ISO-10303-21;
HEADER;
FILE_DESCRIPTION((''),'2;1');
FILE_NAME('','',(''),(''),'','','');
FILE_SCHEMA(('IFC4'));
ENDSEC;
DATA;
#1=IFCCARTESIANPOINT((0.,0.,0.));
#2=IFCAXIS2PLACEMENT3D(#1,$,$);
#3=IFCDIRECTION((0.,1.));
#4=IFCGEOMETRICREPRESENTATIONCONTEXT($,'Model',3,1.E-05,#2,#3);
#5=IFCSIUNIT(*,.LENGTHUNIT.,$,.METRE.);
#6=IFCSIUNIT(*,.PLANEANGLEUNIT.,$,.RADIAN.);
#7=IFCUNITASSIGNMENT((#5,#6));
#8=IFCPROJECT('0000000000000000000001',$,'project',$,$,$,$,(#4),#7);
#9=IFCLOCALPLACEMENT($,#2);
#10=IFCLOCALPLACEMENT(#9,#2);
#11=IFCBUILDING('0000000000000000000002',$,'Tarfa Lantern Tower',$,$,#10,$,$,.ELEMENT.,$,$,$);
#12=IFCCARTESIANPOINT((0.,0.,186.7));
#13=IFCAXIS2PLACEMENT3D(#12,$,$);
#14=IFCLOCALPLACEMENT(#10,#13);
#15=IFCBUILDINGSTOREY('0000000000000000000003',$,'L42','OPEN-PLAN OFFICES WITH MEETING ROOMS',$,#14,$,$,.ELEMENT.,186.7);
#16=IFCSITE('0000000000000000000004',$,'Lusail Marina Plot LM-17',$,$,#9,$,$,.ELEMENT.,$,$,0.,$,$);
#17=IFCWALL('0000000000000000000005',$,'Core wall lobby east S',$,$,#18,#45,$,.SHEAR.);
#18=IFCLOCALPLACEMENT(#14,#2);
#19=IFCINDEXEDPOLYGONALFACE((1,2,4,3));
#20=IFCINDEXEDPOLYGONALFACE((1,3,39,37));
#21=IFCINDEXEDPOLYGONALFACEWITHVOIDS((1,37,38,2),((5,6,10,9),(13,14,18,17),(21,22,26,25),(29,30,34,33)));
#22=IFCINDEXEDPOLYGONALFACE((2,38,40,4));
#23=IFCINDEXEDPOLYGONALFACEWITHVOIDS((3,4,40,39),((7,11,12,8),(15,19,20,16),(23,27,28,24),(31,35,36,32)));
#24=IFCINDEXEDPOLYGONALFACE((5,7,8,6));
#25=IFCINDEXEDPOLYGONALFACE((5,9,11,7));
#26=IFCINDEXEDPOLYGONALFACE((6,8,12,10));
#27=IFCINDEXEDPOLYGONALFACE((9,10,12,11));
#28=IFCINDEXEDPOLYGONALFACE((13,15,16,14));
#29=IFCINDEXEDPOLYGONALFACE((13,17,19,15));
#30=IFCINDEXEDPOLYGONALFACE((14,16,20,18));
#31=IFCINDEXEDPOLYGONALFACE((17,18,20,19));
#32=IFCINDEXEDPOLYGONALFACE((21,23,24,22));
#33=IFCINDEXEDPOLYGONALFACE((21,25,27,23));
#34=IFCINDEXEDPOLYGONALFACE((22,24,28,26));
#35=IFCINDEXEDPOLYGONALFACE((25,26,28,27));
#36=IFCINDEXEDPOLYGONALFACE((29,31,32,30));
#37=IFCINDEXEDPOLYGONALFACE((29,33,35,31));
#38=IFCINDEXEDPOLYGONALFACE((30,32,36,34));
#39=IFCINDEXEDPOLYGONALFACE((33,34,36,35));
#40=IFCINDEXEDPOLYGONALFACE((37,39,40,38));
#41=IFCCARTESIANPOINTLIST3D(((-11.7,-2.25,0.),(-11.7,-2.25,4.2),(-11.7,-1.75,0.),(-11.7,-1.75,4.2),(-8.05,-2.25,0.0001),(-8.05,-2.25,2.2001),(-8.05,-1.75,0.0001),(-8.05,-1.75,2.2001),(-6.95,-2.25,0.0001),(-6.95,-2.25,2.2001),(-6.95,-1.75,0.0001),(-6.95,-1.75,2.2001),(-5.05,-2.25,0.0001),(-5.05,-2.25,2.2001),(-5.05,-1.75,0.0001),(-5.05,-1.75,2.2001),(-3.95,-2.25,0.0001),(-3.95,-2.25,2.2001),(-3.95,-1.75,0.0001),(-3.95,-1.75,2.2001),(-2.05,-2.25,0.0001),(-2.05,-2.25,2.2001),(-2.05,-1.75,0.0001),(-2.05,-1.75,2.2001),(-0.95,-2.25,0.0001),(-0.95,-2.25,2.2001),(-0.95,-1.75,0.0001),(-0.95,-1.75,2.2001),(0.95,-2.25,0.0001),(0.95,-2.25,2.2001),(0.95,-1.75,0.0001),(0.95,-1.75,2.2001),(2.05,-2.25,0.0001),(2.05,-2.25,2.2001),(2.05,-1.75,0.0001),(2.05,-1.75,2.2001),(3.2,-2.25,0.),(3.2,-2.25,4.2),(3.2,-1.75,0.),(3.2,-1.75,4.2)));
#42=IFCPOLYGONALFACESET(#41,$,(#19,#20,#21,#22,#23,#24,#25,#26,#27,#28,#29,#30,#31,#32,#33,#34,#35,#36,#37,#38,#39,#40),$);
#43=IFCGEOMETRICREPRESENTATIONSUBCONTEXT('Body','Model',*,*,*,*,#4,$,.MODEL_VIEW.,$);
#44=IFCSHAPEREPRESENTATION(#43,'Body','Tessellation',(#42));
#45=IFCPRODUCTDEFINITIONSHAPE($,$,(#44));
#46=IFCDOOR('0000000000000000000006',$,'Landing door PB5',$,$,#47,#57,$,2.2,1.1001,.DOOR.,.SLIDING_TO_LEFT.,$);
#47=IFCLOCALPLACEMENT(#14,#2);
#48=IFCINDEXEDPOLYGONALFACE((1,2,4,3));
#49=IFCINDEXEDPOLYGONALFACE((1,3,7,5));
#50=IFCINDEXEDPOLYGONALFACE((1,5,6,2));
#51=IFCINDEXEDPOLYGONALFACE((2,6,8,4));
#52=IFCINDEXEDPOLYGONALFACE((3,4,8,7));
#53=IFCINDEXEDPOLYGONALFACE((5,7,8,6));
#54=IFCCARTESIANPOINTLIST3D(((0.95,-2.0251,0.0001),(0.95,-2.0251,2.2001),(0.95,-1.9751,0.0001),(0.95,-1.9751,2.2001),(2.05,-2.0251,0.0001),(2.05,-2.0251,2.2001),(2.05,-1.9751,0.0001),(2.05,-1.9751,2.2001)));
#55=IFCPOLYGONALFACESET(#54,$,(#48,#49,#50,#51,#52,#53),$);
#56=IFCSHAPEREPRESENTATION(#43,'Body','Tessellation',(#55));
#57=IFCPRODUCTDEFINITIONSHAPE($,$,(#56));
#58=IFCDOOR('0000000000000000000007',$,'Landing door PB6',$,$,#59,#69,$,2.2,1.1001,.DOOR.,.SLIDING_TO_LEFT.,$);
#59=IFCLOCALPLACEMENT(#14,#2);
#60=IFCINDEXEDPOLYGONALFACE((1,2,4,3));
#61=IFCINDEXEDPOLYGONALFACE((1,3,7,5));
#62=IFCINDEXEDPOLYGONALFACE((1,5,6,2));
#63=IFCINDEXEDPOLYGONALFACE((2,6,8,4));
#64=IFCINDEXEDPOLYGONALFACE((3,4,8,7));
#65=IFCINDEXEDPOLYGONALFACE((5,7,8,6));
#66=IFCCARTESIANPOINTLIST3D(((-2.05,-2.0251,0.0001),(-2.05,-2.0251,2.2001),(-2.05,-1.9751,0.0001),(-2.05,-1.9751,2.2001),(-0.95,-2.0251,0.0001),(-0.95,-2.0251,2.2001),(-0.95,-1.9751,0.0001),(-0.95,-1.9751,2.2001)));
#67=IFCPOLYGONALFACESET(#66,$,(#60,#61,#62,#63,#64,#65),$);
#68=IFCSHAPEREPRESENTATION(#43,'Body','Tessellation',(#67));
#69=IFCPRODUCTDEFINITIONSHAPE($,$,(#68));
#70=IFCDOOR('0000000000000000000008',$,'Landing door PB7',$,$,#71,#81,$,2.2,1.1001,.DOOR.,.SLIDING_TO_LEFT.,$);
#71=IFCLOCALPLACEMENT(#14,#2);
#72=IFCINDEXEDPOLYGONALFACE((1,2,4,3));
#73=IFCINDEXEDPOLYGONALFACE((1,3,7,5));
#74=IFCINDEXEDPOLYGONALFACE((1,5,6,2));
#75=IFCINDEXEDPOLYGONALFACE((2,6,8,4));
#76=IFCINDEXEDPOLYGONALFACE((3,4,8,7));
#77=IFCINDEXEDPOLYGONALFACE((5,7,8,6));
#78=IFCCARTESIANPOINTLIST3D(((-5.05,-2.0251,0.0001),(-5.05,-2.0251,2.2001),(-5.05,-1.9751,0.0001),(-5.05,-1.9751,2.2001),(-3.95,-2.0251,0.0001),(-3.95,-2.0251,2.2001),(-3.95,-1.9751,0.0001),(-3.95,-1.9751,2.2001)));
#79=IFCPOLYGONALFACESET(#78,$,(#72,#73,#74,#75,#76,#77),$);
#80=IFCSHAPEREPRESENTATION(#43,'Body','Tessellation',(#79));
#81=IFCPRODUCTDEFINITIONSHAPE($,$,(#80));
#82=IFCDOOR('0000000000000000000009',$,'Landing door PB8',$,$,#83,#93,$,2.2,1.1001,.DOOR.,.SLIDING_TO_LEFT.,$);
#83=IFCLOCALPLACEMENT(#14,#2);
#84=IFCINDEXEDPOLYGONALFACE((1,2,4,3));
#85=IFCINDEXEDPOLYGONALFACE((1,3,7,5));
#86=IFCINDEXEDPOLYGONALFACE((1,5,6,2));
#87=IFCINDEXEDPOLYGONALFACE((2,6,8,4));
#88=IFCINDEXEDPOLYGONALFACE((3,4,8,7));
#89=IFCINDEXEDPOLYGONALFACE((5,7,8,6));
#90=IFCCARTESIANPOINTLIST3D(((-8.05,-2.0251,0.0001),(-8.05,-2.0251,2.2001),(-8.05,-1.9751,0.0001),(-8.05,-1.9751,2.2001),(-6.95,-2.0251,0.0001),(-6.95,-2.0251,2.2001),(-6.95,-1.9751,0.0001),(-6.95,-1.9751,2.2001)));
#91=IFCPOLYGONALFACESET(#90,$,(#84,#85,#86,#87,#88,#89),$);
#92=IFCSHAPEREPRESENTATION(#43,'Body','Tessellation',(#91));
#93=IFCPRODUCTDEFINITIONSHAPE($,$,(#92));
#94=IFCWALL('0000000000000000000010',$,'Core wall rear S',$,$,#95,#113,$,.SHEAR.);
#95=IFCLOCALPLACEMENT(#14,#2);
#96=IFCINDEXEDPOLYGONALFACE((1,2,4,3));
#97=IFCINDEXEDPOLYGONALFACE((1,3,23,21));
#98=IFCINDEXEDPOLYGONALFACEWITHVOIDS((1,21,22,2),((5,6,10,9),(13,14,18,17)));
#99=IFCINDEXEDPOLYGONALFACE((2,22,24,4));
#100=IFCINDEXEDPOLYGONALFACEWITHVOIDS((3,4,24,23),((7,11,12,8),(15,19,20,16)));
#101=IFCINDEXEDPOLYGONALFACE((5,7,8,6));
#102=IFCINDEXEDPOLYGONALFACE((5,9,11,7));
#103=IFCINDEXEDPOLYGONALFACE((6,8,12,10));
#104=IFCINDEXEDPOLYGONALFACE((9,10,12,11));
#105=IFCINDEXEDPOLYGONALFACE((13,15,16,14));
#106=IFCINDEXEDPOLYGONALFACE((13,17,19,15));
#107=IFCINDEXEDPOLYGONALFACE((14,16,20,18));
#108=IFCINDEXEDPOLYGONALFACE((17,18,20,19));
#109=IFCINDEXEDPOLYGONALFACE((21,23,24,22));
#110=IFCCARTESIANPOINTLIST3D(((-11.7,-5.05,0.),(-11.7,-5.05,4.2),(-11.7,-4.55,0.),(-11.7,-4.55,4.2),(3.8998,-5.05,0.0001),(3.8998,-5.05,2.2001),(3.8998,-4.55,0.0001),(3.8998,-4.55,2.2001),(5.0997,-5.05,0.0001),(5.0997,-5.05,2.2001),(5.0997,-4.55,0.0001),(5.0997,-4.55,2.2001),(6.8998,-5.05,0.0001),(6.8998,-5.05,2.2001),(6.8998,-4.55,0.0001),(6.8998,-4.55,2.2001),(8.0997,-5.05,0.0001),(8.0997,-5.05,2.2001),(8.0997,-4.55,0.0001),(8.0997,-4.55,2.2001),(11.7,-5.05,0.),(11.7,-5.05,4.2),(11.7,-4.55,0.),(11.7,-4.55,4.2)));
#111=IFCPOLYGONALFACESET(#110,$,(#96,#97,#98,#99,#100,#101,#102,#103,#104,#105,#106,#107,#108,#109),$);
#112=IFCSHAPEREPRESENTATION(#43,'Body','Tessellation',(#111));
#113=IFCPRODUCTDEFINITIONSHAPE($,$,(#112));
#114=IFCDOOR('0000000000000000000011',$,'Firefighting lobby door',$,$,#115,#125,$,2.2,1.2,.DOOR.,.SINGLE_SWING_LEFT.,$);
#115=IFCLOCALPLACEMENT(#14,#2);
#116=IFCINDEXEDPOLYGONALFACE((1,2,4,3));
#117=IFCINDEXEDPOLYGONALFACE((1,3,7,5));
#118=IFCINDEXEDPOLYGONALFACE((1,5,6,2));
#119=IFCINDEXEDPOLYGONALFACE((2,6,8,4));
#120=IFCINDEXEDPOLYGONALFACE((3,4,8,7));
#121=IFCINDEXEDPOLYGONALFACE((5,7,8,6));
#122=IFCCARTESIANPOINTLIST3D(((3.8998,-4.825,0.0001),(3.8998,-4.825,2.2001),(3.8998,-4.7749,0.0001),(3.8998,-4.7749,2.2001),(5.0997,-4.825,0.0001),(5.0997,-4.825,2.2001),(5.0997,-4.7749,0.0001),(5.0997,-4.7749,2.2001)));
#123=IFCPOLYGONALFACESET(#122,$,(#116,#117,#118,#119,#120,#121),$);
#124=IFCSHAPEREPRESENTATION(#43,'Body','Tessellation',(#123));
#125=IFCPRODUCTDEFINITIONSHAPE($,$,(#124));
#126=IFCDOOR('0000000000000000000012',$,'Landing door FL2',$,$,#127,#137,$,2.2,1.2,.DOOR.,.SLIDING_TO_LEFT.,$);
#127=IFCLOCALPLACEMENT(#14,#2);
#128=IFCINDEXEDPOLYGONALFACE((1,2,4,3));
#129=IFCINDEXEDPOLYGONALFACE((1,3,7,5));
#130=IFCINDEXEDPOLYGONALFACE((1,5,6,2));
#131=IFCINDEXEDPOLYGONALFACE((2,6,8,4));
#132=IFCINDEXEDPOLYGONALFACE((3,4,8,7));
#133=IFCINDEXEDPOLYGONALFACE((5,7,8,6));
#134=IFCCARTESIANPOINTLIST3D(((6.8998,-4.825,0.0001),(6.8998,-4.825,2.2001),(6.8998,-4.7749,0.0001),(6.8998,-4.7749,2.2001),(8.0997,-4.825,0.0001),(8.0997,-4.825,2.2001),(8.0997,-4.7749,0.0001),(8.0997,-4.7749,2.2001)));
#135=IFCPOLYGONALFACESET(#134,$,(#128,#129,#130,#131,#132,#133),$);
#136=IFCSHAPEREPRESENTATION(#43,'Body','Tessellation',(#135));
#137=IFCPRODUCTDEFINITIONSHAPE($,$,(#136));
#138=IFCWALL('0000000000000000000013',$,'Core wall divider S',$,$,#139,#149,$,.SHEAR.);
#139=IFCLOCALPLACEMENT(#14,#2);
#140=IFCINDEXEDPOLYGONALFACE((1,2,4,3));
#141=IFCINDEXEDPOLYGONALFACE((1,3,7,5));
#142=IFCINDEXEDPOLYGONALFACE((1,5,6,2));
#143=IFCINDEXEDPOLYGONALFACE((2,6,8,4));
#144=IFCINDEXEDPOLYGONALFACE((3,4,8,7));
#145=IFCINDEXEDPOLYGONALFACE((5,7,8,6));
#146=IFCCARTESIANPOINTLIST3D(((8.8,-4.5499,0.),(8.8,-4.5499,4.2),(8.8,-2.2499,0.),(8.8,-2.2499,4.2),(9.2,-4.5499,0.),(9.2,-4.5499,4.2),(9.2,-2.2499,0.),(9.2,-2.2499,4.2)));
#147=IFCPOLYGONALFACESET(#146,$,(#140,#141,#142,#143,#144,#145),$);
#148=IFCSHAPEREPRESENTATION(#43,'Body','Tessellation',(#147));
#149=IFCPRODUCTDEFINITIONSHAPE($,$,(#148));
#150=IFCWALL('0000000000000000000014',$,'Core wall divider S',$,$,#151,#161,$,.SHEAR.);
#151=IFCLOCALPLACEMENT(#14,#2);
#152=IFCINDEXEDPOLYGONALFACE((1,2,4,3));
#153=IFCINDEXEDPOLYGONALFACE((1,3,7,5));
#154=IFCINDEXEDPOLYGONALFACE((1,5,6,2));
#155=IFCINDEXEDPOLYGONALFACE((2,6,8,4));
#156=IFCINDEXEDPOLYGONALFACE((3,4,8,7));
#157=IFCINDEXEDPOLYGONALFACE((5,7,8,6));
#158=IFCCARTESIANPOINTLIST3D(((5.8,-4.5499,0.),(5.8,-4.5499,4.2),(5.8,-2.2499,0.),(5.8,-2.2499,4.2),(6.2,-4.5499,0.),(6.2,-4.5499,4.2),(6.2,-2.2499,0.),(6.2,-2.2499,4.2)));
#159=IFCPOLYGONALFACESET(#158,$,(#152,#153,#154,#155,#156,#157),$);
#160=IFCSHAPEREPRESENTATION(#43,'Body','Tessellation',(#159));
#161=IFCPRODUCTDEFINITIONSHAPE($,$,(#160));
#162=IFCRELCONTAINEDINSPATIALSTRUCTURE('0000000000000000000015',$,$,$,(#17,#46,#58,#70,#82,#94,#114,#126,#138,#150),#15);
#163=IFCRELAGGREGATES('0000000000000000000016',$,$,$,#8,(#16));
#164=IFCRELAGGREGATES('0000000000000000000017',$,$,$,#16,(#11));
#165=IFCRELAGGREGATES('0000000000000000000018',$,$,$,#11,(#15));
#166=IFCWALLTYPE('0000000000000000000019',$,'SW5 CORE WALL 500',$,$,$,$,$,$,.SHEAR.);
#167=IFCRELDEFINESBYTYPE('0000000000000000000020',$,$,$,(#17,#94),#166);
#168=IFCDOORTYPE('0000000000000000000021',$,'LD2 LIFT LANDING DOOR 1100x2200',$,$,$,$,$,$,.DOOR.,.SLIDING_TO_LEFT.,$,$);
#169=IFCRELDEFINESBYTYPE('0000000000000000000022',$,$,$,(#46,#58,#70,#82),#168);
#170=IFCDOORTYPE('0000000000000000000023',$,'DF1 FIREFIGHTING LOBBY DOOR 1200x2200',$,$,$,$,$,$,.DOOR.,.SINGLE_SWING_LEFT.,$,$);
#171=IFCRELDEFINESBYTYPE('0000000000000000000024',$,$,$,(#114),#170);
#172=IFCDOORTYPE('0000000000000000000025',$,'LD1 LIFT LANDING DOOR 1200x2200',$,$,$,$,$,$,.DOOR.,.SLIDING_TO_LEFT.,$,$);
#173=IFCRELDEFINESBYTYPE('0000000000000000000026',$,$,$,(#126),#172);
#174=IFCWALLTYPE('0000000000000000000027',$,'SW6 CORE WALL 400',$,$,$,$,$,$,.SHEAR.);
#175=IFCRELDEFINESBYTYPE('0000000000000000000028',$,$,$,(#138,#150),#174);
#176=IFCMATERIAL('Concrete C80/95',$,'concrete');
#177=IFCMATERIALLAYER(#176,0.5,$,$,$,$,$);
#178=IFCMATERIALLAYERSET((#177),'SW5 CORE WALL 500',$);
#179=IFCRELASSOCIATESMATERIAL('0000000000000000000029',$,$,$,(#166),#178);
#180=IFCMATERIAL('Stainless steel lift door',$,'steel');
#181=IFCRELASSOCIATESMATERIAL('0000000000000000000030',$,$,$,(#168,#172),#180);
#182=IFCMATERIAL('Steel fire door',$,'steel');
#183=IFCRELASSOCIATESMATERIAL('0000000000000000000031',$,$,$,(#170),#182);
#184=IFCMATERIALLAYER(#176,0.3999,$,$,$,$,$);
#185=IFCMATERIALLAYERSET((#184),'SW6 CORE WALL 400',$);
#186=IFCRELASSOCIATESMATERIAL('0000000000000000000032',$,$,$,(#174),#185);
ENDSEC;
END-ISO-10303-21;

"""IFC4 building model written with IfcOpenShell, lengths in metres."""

from ifc_helpers import new_model, si_unit, direction, frame, frame_2d, origin, place, context, subcontext, project, spatial, rectangle, extrude, material, layer, layer_set, type_object, element, fill, save


model = new_model("IFC4")

# Units and contexts
model_context = context("Model", 3, precision=1e-05, world=origin(), true_north=direction((0.0, 1.0)))
body_context = subcontext(model_context, "Body", "Model", "MODEL_VIEW")
ifc_project = project(units=[si_unit("LENGTHUNIT", "METRE"), si_unit("PLANEANGLEUNIT", "RADIAN")], contexts=[model_context])

# Site, building, storey
site_placement = place(None, origin())
site = spatial("IfcSite", under=ifc_project, at=site_placement, Name="Lusail Marina Plot LM-17", CompositionType="ELEMENT", RefElevation=0.0)
building_placement = place(site_placement, origin())
building = spatial("IfcBuilding", under=site, at=building_placement, Name="Tarfa Lantern Tower", CompositionType="ELEMENT")
storey_placement = place(building_placement, frame((0.0, 0.0, 186.7)))
storey = spatial("IfcBuildingStorey", under=building, at=storey_placement, Name="L42", Description="OPEN-PLAN OFFICES WITH MEETING ROOMS", CompositionType="ELEMENT", Elevation=186.7)

# Shared definitions
ifc_material_1 = material(Name="Concrete C80/95", Category="concrete")

# Shared definitions
ifc_material_2 = material(Name="Steel fire door", Category="steel")

# Walls, openings, doors
ifc_layer_1 = layer(ifc_material_1, 0.5)
ifc_layer_set_1 = layer_set([ifc_layer_1], Name="SW5 CORE WALL 500")
wall_type_1 = type_object("IfcWallType", Name="SW5 CORE WALL 500", PredefinedType="SHEAR", material=ifc_layer_set_1)
wall_1_placement = place(storey_placement, frame((3.2, -2.0, 0.0), z_axis=(0.0, 0.0, 1.0), x_axis=(-1.0, 0.0, 0.0)))
wall_1 = element("IfcWall", 1, at=wall_1_placement, inside=storey, type_object=wall_type_1, Name="Core wall lobby east S", PredefinedType="SHEAR", context=body_context, shape_type="SweptSolid", body=[
    extrude(rectangle(XDim=14.8999, YDim=0.5, at=frame_2d((7.45, 0.0))), origin(), (0.0, 0.0, 1.0), 4.2),
])
opening_1_placement = place(wall_1_placement, frame((1.1499, 0.0, 0.0)))
opening_1 = element("IfcOpeningElement", 2, at=opening_1_placement, cuts=wall_1, PredefinedType="OPENING", context=body_context, shape_type="SweptSolid", body=[
    extrude(rectangle(XDim=1.1001, YDim=2.2, at=frame_2d((0.55, 1.1001))), frame((0.0, 0.26, 0.0), z_axis=(0.0, -1.0, 0.0), x_axis=(1.0, 0.0, 0.0)), (0.0, 0.0, 1.0), 0.52),
])
opening_2_placement = place(wall_1_placement, frame((4.1499, 0.0, 0.0)))
opening_2 = element("IfcOpeningElement", 3, at=opening_2_placement, cuts=wall_1, PredefinedType="OPENING", context=body_context, shape_type="SweptSolid", body=[
    extrude(rectangle(XDim=1.1001, YDim=2.2, at=frame_2d((0.55, 1.1001))), frame((0.0, 0.26, 0.0), z_axis=(0.0, -1.0, 0.0), x_axis=(1.0, 0.0, 0.0)), (0.0, 0.0, 1.0), 0.52),
])
opening_3_placement = place(wall_1_placement, frame((7.1499, 0.0, 0.0)))
opening_3 = element("IfcOpeningElement", 4, at=opening_3_placement, cuts=wall_1, PredefinedType="OPENING", context=body_context, shape_type="SweptSolid", body=[
    extrude(rectangle(XDim=1.1001, YDim=2.2, at=frame_2d((0.55, 1.1001))), frame((0.0, 0.26, 0.0), z_axis=(0.0, -1.0, 0.0), x_axis=(1.0, 0.0, 0.0)), (0.0, 0.0, 1.0), 0.52),
])
opening_4_placement = place(wall_1_placement, frame((10.1499, 0.0, 0.0)))
opening_4 = element("IfcOpeningElement", 5, at=opening_4_placement, cuts=wall_1, PredefinedType="OPENING", context=body_context, shape_type="SweptSolid", body=[
    extrude(rectangle(XDim=1.1001, YDim=2.2, at=frame_2d((0.55, 1.1001))), frame((0.0, 0.26, 0.0), z_axis=(0.0, -1.0, 0.0), x_axis=(1.0, 0.0, 0.0)), (0.0, 0.0, 1.0), 0.52),
])
ifc_material_3 = material(Name="Stainless steel lift door", Category="steel")
door_type_1 = type_object("IfcDoorType", Name="LD2 LIFT LANDING DOOR 1100x2200", OperationType="SLIDING_TO_LEFT", PredefinedType="DOOR", material=ifc_material_3)
door_1_placement = place(opening_1_placement, frame((1.1001, 0.0, 0.0), z_axis=(0.0, 0.0, 1.0), x_axis=(-1.0, 0.0, 0.0)))
door_1 = element("IfcDoor", 6, at=door_1_placement, inside=storey, type_object=door_type_1, Name="Landing door PB5", OperationType="SLIDING_TO_LEFT", OverallHeight=2.2, OverallWidth=1.1001, PredefinedType="DOOR", context=body_context, shape_type="SweptSolid", body=[
    extrude(rectangle(XDim=1.1001, YDim=2.2, at=frame_2d((0.55, 1.1001))), frame((0.0, 0.0249, 0.0), z_axis=(0.0, -1.0, 0.0), x_axis=(1.0, 0.0, 0.0)), (0.0, 0.0, 1.0), 0.05),
])
fill(opening_1, door_1)
door_2_placement = place(opening_2_placement, frame((1.1001, 0.0, 0.0), z_axis=(0.0, 0.0, 1.0), x_axis=(-1.0, 0.0, 0.0)))
door_2 = element("IfcDoor", 7, at=door_2_placement, inside=storey, type_object=door_type_1, Name="Landing door PB6", OperationType="SLIDING_TO_LEFT", OverallHeight=2.2, OverallWidth=1.1001, PredefinedType="DOOR", context=body_context, shape_type="SweptSolid", body=[
    extrude(rectangle(XDim=1.1001, YDim=2.2, at=frame_2d((0.55, 1.1001))), frame((0.0, 0.0249, 0.0), z_axis=(0.0, -1.0, 0.0), x_axis=(1.0, 0.0, 0.0)), (0.0, 0.0, 1.0), 0.05),
])
fill(opening_2, door_2)
door_3_placement = place(opening_3_placement, frame((1.1001, 0.0, 0.0), z_axis=(0.0, 0.0, 1.0), x_axis=(-1.0, 0.0, 0.0)))
door_3 = element("IfcDoor", 8, at=door_3_placement, inside=storey, type_object=door_type_1, Name="Landing door PB7", OperationType="SLIDING_TO_LEFT", OverallHeight=2.2, OverallWidth=1.1001, PredefinedType="DOOR", context=body_context, shape_type="SweptSolid", body=[
    extrude(rectangle(XDim=1.1001, YDim=2.2, at=frame_2d((0.55, 1.1001))), frame((0.0, 0.0249, 0.0), z_axis=(0.0, -1.0, 0.0), x_axis=(1.0, 0.0, 0.0)), (0.0, 0.0, 1.0), 0.05),
])
fill(opening_3, door_3)
door_4_placement = place(opening_4_placement, frame((1.1001, 0.0, 0.0), z_axis=(0.0, 0.0, 1.0), x_axis=(-1.0, 0.0, 0.0)))
door_4 = element("IfcDoor", 9, at=door_4_placement, inside=storey, type_object=door_type_1, Name="Landing door PB8", OperationType="SLIDING_TO_LEFT", OverallHeight=2.2, OverallWidth=1.1001, PredefinedType="DOOR", context=body_context, shape_type="SweptSolid", body=[
    extrude(rectangle(XDim=1.1001, YDim=2.2, at=frame_2d((0.55, 1.1001))), frame((0.0, 0.0249, 0.0), z_axis=(0.0, -1.0, 0.0), x_axis=(1.0, 0.0, 0.0)), (0.0, 0.0, 1.0), 0.05),
])
fill(opening_4, door_4)
wall_2_placement = place(storey_placement, frame((11.7, -4.8, 0.0), z_axis=(0.0, 0.0, 1.0), x_axis=(-1.0, 0.0, 0.0)))
wall_2 = element("IfcWall", 10, at=wall_2_placement, inside=storey, type_object=wall_type_1, Name="Core wall rear S", PredefinedType="SHEAR", context=body_context, shape_type="SweptSolid", body=[
    extrude(rectangle(XDim=23.3999, YDim=0.5, at=frame_2d((11.7, 0.0))), origin(), (0.0, 0.0, 1.0), 4.2),
])
opening_5_placement = place(wall_2_placement, frame((6.6001, 0.0, 0.0)))
opening_5 = element("IfcOpeningElement", 11, at=opening_5_placement, cuts=wall_2, PredefinedType="OPENING", context=body_context, shape_type="SweptSolid", body=[
    extrude(rectangle(XDim=1.2, YDim=2.2, at=frame_2d((0.6001, 1.1001))), frame((0.0, 0.26, 0.0), z_axis=(0.0, -1.0, 0.0), x_axis=(1.0, 0.0, 0.0)), (0.0, 0.0, 1.0), 0.52),
])
opening_6_placement = place(wall_2_placement, frame((3.6001, 0.0, 0.0)))
opening_6 = element("IfcOpeningElement", 12, at=opening_6_placement, cuts=wall_2, PredefinedType="OPENING", context=body_context, shape_type="SweptSolid", body=[
    extrude(rectangle(XDim=1.2, YDim=2.2, at=frame_2d((0.6001, 1.1001))), frame((0.0, 0.26, 0.0), z_axis=(0.0, -1.0, 0.0), x_axis=(1.0, 0.0, 0.0)), (0.0, 0.0, 1.0), 0.52),
])
door_type_2 = type_object("IfcDoorType", Name="DF1 FIREFIGHTING LOBBY DOOR 1200x2200", OperationType="SINGLE_SWING_LEFT", PredefinedType="DOOR", material=ifc_material_2)
door_5_placement = place(opening_5_placement, origin())
door_5 = element("IfcDoor", 13, at=door_5_placement, inside=storey, type_object=door_type_2, Name="Firefighting lobby door", OperationType="SINGLE_SWING_LEFT", OverallHeight=2.2, OverallWidth=1.2, PredefinedType="DOOR", context=body_context, shape_type="SweptSolid", body=[
    extrude(rectangle(XDim=1.2, YDim=2.2, at=frame_2d((0.6001, 1.1001))), frame((0.0, 0.0249, 0.0), z_axis=(0.0, -1.0, 0.0), x_axis=(1.0, 0.0, 0.0)), (0.0, 0.0, 1.0), 0.05),
])
fill(opening_5, door_5)
door_type_3 = type_object("IfcDoorType", Name="LD1 LIFT LANDING DOOR 1200x2200", OperationType="SLIDING_TO_LEFT", PredefinedType="DOOR", material=ifc_material_3)
door_6_placement = place(opening_6_placement, origin())
door_6 = element("IfcDoor", 14, at=door_6_placement, inside=storey, type_object=door_type_3, Name="Landing door FL2", OperationType="SLIDING_TO_LEFT", OverallHeight=2.2, OverallWidth=1.2, PredefinedType="DOOR", context=body_context, shape_type="SweptSolid", body=[
    extrude(rectangle(XDim=1.2, YDim=2.2, at=frame_2d((0.6001, 1.1001))), frame((0.0, 0.0249, 0.0), z_axis=(0.0, -1.0, 0.0), x_axis=(1.0, 0.0, 0.0)), (0.0, 0.0, 1.0), 0.05),
])
fill(opening_6, door_6)

# Walls
ifc_layer_2 = layer(ifc_material_1, 0.3999)
ifc_layer_set_2 = layer_set([ifc_layer_2], Name="SW6 CORE WALL 400")
wall_type_2 = type_object("IfcWallType", Name="SW6 CORE WALL 400", PredefinedType="SHEAR", material=ifc_layer_set_2)
for number, where, z_axis, x_axis, name in (
    (15, (9.0, -2.25, 0.0), (0.0, 0.0, 1.0), (0.0, -1.0, 0.0), "Core wall divider S"),
    (16, (6.0, -2.25, 0.0), (0.0, 0.0, 1.0), (0.0, -1.0, 0.0), "Core wall divider S"),
):
    element("IfcWall", number, at=place(storey_placement, frame(where, z_axis=z_axis, x_axis=x_axis)), inside=storey, type_object=wall_type_2, Name=name, PredefinedType="SHEAR", context=body_context, shape_type="SweptSolid", body=[
        extrude(rectangle(XDim=2.3, YDim=0.3999, at=frame_2d((1.1499, 0.0))), origin(), (0.0, 0.0, 1.0), 4.2),
    ])

save(model, "model.ifc")
